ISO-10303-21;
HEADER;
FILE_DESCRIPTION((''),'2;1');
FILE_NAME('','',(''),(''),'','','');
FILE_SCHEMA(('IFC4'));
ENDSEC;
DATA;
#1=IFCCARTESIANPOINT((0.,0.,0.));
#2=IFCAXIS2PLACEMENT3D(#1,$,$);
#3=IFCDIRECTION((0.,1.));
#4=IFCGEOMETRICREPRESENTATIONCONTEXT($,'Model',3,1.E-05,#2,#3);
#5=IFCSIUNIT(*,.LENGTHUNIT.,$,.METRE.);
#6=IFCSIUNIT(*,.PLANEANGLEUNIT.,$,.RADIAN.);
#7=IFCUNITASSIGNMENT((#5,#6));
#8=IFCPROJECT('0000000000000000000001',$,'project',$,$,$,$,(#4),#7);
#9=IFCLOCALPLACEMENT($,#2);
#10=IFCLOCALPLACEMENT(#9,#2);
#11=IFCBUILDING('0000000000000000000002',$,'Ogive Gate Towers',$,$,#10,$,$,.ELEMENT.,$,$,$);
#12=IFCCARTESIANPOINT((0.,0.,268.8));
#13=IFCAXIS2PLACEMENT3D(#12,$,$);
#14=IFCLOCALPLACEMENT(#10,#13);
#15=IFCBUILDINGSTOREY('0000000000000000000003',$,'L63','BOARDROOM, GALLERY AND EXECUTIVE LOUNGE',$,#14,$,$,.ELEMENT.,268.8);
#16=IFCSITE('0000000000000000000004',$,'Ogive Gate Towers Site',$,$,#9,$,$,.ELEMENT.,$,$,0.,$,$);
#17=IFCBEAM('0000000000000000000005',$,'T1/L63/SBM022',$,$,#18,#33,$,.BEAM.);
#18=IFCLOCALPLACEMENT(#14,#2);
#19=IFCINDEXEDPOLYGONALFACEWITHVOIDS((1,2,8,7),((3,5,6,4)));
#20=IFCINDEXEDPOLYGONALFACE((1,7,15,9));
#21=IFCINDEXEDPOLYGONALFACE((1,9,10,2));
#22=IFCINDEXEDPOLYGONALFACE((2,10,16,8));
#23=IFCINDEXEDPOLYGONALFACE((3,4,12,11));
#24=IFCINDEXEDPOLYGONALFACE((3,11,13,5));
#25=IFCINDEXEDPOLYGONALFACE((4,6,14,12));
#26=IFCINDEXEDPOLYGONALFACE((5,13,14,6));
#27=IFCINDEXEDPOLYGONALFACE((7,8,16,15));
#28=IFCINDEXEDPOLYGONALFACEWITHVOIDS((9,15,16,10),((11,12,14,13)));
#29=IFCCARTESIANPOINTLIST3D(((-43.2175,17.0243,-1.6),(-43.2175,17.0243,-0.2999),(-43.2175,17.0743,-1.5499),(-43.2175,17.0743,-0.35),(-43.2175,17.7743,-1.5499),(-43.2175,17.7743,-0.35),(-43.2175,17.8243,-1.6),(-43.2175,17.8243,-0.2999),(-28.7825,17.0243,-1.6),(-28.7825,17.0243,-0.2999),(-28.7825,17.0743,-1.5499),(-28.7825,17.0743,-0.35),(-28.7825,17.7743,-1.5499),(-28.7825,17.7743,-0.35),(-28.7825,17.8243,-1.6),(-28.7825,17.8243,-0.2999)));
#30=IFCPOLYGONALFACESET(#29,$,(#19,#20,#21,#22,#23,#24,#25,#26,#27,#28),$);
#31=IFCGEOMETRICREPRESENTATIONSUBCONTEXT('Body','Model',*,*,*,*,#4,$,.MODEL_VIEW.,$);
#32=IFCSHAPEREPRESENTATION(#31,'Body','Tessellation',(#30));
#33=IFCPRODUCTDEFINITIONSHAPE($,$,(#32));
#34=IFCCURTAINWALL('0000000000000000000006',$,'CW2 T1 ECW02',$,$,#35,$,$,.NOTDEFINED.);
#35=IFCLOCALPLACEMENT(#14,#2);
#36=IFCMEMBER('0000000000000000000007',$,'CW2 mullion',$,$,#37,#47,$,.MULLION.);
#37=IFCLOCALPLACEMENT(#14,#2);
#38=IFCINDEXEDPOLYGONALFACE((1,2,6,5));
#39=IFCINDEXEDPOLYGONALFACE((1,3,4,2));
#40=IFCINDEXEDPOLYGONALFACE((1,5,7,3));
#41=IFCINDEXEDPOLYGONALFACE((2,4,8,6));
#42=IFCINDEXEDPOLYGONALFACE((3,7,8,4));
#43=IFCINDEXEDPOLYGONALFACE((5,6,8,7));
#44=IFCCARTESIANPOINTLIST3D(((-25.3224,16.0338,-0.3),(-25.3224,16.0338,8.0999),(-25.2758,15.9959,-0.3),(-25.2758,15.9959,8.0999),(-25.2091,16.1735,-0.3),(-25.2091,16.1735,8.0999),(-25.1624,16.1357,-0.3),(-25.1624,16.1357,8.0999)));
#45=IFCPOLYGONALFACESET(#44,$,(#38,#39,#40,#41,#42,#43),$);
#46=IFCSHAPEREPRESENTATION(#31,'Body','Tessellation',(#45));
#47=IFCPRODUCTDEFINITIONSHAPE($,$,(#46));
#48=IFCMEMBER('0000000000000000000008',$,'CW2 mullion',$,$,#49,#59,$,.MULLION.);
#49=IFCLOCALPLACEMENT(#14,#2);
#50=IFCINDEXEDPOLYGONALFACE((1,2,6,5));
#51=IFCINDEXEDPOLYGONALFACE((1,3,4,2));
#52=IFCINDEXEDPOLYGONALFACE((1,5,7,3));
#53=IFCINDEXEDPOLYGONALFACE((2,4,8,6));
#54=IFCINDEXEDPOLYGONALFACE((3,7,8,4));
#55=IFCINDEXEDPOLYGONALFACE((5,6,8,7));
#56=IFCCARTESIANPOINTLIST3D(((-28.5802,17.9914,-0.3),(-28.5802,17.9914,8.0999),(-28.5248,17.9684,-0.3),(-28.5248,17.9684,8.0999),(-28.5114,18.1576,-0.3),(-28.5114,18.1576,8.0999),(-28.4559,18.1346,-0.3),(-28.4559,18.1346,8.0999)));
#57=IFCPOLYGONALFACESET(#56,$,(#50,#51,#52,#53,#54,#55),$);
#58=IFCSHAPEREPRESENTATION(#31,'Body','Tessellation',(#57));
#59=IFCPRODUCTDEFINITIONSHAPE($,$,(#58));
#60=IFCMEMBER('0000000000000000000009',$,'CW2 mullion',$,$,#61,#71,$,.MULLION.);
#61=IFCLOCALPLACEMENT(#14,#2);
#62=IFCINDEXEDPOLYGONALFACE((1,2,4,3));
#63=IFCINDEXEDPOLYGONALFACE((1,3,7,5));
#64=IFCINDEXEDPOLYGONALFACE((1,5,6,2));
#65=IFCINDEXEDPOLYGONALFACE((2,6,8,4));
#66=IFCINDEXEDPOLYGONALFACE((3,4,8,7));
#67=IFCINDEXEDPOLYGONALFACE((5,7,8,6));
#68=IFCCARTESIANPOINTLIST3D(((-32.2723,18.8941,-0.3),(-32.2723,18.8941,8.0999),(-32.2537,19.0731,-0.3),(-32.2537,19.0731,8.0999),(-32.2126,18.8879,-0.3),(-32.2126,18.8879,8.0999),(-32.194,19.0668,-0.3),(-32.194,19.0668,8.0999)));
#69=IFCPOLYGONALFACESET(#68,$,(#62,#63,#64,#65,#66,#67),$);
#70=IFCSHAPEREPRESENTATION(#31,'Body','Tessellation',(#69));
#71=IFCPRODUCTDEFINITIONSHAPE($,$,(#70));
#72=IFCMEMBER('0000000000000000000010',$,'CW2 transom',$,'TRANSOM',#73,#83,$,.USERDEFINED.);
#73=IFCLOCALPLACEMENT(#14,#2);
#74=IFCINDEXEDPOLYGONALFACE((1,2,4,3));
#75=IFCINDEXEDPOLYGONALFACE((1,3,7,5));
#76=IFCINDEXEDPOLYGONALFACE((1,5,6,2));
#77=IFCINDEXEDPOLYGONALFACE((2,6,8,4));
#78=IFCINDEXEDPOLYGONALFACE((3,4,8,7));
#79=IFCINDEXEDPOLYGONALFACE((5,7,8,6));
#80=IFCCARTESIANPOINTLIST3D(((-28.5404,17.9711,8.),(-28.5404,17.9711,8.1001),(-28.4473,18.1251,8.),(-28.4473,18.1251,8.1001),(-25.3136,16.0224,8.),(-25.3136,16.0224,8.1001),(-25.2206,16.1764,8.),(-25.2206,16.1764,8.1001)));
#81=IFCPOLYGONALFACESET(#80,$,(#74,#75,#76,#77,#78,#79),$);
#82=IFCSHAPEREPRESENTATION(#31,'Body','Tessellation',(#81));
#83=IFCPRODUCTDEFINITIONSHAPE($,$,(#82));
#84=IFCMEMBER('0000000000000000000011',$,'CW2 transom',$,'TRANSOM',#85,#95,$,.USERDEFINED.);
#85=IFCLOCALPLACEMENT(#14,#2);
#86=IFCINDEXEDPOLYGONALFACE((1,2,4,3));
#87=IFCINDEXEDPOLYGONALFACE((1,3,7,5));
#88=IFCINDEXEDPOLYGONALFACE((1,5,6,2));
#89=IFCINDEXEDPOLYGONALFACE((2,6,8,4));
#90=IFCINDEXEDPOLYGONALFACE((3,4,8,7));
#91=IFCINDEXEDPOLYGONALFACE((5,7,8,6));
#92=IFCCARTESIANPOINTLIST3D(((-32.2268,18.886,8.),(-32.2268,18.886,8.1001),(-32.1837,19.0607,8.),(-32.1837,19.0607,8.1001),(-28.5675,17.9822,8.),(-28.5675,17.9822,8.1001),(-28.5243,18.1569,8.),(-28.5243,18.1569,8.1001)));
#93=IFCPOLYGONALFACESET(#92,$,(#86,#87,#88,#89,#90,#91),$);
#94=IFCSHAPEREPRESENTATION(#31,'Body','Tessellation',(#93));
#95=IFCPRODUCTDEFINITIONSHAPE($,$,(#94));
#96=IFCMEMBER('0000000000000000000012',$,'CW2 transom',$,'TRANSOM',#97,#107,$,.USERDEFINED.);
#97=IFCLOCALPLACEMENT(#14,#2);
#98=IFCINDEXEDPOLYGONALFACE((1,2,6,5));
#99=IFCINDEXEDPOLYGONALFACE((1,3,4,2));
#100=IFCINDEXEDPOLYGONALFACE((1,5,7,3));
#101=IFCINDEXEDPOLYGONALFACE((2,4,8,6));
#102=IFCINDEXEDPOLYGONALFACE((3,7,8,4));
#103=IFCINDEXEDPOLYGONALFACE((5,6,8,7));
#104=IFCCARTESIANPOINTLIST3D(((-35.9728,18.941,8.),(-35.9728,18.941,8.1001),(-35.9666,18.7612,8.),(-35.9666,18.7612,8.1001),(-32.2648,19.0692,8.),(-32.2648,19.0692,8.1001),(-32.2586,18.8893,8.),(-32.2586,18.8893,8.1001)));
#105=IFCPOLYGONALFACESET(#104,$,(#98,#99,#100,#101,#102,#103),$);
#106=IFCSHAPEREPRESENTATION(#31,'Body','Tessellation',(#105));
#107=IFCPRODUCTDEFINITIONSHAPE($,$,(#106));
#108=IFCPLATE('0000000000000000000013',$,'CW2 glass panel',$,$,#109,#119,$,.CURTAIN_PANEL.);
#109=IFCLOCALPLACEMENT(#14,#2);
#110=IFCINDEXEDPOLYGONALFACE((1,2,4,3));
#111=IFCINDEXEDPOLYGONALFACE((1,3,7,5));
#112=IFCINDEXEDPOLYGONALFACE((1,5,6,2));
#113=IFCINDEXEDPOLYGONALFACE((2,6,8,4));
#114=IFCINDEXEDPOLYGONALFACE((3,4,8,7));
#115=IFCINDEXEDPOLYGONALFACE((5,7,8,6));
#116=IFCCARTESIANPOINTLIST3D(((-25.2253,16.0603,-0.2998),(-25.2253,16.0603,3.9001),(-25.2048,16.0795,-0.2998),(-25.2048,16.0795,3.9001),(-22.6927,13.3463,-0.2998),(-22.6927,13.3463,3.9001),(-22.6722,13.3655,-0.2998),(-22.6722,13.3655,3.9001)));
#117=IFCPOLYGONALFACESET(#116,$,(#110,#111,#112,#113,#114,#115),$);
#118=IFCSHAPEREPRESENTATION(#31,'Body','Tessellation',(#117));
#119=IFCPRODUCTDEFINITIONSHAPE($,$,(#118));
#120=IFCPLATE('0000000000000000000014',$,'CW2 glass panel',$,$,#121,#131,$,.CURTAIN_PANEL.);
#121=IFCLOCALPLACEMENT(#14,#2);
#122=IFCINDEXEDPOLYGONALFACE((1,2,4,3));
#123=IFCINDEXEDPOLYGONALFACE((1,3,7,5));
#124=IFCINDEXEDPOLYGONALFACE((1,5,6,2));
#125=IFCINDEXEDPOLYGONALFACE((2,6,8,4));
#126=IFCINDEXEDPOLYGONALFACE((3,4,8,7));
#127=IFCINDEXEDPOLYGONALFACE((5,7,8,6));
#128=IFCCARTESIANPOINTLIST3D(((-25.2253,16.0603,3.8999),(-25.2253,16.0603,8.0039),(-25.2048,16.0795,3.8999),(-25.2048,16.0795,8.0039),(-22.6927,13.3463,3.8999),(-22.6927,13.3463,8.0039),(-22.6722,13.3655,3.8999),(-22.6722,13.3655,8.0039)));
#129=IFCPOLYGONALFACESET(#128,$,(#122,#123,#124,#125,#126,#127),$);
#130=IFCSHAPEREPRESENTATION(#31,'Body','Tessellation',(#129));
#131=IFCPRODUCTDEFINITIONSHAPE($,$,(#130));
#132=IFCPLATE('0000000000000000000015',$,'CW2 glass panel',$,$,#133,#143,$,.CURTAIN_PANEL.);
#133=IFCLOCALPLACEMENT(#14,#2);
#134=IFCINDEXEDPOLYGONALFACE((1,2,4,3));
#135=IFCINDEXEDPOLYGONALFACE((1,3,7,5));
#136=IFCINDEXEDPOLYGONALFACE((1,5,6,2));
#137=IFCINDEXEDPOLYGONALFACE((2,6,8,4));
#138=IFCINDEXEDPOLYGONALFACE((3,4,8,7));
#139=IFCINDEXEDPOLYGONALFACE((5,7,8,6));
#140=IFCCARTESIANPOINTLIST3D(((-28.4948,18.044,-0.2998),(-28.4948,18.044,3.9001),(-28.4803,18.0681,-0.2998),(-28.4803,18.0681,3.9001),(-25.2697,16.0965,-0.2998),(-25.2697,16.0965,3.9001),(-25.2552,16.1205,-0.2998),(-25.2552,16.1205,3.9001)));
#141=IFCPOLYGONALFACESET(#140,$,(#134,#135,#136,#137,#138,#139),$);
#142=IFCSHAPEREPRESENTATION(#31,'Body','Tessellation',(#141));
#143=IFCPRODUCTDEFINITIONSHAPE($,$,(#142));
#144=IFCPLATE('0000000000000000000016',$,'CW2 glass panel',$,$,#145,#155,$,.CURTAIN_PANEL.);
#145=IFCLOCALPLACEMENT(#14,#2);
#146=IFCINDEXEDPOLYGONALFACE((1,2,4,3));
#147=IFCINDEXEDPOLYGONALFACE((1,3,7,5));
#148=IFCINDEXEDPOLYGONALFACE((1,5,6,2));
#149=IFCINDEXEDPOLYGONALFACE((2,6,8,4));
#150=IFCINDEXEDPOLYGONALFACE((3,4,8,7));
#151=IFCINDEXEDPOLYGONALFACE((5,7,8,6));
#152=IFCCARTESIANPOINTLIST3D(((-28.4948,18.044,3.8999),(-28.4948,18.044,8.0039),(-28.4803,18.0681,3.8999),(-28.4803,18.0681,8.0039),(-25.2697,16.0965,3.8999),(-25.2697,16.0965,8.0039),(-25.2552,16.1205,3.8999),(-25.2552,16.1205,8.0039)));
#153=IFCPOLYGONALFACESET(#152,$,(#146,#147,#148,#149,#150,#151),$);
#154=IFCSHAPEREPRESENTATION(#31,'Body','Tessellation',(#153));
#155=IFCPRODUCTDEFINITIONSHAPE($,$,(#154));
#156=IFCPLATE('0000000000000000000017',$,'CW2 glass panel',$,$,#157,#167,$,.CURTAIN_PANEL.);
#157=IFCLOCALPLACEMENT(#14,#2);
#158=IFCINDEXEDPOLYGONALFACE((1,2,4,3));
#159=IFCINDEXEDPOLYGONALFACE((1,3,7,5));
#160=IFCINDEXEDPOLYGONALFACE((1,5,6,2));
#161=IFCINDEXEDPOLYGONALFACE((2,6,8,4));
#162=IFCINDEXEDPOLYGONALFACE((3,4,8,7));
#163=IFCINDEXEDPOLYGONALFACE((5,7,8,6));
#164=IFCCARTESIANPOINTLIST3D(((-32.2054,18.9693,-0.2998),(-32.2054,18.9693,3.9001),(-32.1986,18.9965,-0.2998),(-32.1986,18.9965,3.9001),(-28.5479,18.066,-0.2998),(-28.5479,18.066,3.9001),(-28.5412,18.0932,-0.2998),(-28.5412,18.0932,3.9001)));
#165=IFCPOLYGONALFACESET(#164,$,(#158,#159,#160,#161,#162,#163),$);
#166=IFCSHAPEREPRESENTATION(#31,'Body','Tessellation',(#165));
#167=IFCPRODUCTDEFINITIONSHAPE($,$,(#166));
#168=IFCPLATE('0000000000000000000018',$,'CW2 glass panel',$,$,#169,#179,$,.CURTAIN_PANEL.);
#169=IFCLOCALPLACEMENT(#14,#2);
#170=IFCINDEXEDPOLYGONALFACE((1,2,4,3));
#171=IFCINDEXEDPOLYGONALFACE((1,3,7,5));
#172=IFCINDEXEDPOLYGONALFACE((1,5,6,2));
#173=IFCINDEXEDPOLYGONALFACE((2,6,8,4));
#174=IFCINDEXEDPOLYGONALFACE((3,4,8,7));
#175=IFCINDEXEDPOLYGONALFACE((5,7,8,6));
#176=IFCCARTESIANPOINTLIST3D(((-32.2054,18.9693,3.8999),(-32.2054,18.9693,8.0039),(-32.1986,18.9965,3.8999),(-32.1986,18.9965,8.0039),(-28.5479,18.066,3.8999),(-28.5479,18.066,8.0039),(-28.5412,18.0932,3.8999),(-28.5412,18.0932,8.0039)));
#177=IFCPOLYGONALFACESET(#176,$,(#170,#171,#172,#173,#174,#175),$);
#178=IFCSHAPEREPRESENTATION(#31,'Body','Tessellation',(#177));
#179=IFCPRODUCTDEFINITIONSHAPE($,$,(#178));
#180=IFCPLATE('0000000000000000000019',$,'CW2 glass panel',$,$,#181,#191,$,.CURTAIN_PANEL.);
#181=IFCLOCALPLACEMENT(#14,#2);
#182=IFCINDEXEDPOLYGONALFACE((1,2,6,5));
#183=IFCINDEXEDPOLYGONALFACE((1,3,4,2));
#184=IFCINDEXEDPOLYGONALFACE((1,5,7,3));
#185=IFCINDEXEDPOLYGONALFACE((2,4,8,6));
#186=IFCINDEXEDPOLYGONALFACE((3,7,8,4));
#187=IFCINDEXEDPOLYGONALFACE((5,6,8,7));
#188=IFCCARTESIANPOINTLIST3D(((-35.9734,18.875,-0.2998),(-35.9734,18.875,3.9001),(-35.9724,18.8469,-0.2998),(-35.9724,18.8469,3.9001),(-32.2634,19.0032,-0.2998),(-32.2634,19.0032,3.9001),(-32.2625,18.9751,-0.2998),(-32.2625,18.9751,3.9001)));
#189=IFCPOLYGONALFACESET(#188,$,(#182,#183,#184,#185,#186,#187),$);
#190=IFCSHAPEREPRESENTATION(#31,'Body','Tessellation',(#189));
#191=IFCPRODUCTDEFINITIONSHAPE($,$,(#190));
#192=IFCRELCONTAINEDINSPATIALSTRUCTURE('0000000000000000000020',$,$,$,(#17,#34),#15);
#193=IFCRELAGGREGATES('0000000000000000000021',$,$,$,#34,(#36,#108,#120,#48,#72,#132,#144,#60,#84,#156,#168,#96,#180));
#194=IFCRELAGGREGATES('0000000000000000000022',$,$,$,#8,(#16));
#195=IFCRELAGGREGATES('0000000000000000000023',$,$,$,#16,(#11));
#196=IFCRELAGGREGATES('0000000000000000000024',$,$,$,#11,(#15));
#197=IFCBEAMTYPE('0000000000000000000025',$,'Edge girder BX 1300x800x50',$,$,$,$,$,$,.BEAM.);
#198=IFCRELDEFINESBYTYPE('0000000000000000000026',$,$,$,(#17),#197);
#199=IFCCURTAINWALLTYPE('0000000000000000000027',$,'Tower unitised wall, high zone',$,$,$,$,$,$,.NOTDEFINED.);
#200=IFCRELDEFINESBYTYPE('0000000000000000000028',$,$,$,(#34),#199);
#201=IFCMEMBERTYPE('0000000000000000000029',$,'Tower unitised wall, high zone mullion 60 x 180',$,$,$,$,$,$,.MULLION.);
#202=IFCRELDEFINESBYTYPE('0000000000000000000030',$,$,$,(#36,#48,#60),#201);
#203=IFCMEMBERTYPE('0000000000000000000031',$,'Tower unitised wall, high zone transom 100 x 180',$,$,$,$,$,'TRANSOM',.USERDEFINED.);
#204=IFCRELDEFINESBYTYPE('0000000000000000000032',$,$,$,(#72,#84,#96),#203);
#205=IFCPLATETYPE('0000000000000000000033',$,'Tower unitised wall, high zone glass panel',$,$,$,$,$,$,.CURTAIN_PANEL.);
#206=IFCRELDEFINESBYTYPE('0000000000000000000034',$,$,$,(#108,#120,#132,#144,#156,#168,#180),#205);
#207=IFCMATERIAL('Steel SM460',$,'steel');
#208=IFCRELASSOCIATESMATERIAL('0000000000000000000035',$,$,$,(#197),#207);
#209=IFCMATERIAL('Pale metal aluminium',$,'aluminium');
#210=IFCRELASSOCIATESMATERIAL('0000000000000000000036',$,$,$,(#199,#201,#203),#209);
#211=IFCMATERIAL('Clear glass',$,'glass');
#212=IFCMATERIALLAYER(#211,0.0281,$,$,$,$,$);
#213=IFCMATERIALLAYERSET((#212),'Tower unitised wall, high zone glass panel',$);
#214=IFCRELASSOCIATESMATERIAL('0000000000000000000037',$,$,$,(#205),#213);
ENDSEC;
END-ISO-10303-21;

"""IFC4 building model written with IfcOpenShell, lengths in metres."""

from ifc_helpers import new_model, si_unit, direction, frame, origin, origin_2d, place, context, subcontext, project, spatial, rectangle, hollow_rectangle, extrude, material, layer, layer_set, material_profile, profile_set, type_object, element, aggregate, save


model = new_model("IFC4")

# Units and contexts
model_context = context("Model", 3, precision=1e-05, world=origin(), true_north=direction((0.0, 1.0)))
body_context = subcontext(model_context, "Body", "Model", "MODEL_VIEW")
ifc_project = project(units=[si_unit("LENGTHUNIT", "METRE"), si_unit("PLANEANGLEUNIT", "RADIAN")], contexts=[model_context])

# Site, building, storey
site_placement = place(None, origin())
site = spatial("IfcSite", under=ifc_project, at=site_placement, Name="Ogive Gate Towers Site", CompositionType="ELEMENT", RefElevation=0.0)
building_placement = place(site_placement, origin())
building = spatial("IfcBuilding", under=site, at=building_placement, Name="Ogive Gate Towers", CompositionType="ELEMENT")
storey_placement = place(building_placement, frame((0.0, 0.0, 268.8)))
storey = spatial("IfcBuildingStorey", under=building, at=storey_placement, Name="L63", Description="BOARDROOM, GALLERY AND EXECUTIVE LOUNGE", CompositionType="ELEMENT", Elevation=268.8)

# Beam
ifc_material_1 = material(Name="Steel SM460", Category="steel")
ifc_material_profile_1 = material_profile(ifc_material_1, hollow_rectangle(XDim=0.8, YDim=1.3, WallThickness=0.05, at=origin_2d()), Name="BX 1300x800x50")
ifc_profile_set_1 = profile_set([ifc_material_profile_1], Name="Steel SM460")
beam_type = type_object("IfcBeamType", Name="Edge girder BX 1300x800x50", PredefinedType="BEAM", material=ifc_profile_set_1)
beam_placement = place(storey_placement, frame((-28.7825, 17.4243, -0.95), z_axis=(-1.0, 0.0, 0.0), x_axis=(0.0, -1.0, 0.0)))
element("IfcBeam", 1, at=beam_placement, inside=storey, type_object=beam_type, Name="T1/L63/SBM022", PredefinedType="BEAM", context=body_context, shape_type="SweptSolid", body=[
    extrude(hollow_rectangle(XDim=0.8, YDim=1.3, WallThickness=0.05, at=origin_2d()), origin(), (0.0, 0.0, 1.0), 14.4351),
])

# Curtain wall, members, plates
ifc_material_2 = material(Name="Pale metal aluminium", Category="aluminium")
curtain_wall_type = type_object("IfcCurtainWallType", Name="Tower unitised wall, high zone", PredefinedType="NOTDEFINED", material=ifc_material_2)
curtain_wall_placement = place(storey_placement, origin())
curtain_wall = element("IfcCurtainWall", 2, at=curtain_wall_placement, inside=storey, type_object=curtain_wall_type, Name="CW2 T1 ECW02", PredefinedType="NOTDEFINED")
ifc_material_profile_2 = material_profile(ifc_material_2, rectangle(XDim=0.1799, YDim=0.0601, at=origin_2d()), Name="60 x 180 aluminium box")
ifc_profile_set_2 = profile_set([ifc_material_profile_2], Name="Pale metal aluminium")
member_type_1 = type_object("IfcMemberType", Name="Tower unitised wall, high zone mullion 60 x 180", PredefinedType="MULLION", material=ifc_profile_set_2)
member_1_placement = place(storey_placement, frame((-25.2424, 16.0847, -0.3), z_axis=(0.0, 0.0, 1.0), x_axis=(0.630039, 0.776563, 0.0)))
member_1 = element("IfcMember", 3, at=member_1_placement, type_object=member_type_1, Name="CW2 mullion", PredefinedType="MULLION", context=body_context, shape_type="SweptSolid", body=[
    extrude(rectangle(XDim=0.1799, YDim=0.0601, at=origin_2d()), origin(), (0.0, 0.0, 1.0), 8.3999),
])
member_2_placement = place(storey_placement, frame((-28.5181, 18.063, -0.3), z_axis=(0.0, 0.0, 1.0), x_axis=(0.382683, 0.92388, 0.0)))
member_2 = element("IfcMember", 4, at=member_2_placement, type_object=member_type_1, Name="CW2 mullion", PredefinedType="MULLION", context=body_context, shape_type="SweptSolid", body=[
    extrude(rectangle(XDim=0.1799, YDim=0.0601, at=origin_2d()), origin(), (0.0, 0.0, 1.0), 8.3999),
])
member_3_placement = place(storey_placement, frame((-32.2332, 18.9805, -0.3), z_axis=(0.0, 0.0, 1.0), x_axis=(0.103608, 0.994618, 0.0)))
member_3 = element("IfcMember", 5, at=member_3_placement, type_object=member_type_1, Name="CW2 mullion", PredefinedType="MULLION", context=body_context, shape_type="SweptSolid", body=[
    extrude(rectangle(XDim=0.1799, YDim=0.0601, at=origin_2d()), origin(), (0.0, 0.0, 1.0), 8.3999),
])
ifc_material_profile_3 = material_profile(ifc_material_2, rectangle(XDim=0.1799, YDim=0.1001, at=origin_2d()), Name="100 x 180 aluminium box")
ifc_profile_set_3 = profile_set([ifc_material_profile_3], Name="Pale metal aluminium")
member_type_2 = type_object("IfcMemberType", Name="Tower unitised wall, high zone transom 100 x 180", ElementType="TRANSOM", PredefinedType="USERDEFINED", material=ifc_profile_set_3)
member_4_placement = place(storey_placement, frame((-25.2671, 16.0994, 8.05), z_axis=(-0.856009, 0.51696, 0.0), x_axis=(-0.51696, -0.856009, 0.0)))
member_4 = element("IfcMember", 6, at=member_4_placement, type_object=member_type_2, Name="CW2 transom", ObjectType="TRANSOM", PredefinedType="USERDEFINED", context=body_context, shape_type="SweptSolid", body=[
    extrude(rectangle(XDim=0.1799, YDim=0.1001, at=origin_2d()), origin(), (0.0, 0.0, 1.0), 3.7695),
])
member_5_placement = place(storey_placement, frame((-28.5459, 18.0696, 8.05), z_axis=(-0.970828, 0.239776, 0.0), x_axis=(-0.239776, -0.970828, 0.0)))
member_5 = element("IfcMember", 7, at=member_5_placement, type_object=member_type_2, Name="CW2 transom", ObjectType="TRANSOM", PredefinedType="USERDEFINED", context=body_context, shape_type="SweptSolid", body=[
    extrude(rectangle(XDim=0.1799, YDim=0.1001, at=origin_2d()), origin(), (0.0, 0.0, 1.0), 3.7693),
])
member_6_placement = place(storey_placement, frame((-32.2617, 18.9792, 8.05), z_axis=(-0.999403, -0.034546, 0.0), x_axis=(0.034546, -0.999403, 0.0)))
member_6 = element("IfcMember", 8, at=member_6_placement, type_object=member_type_2, Name="CW2 transom", ObjectType="TRANSOM", PredefinedType="USERDEFINED", context=body_context, shape_type="SweptSolid", body=[
    extrude(rectangle(XDim=0.1799, YDim=0.1001, at=origin_2d()), origin(), (0.0, 0.0, 1.0), 3.7102),
])
ifc_material_3 = material(Name="Clear glass", Category="glass")
ifc_layer_1 = layer(ifc_material_3, 0.0281)
ifc_layer_set_1 = layer_set([ifc_layer_1], Name="Tower unitised wall, high zone glass panel")
plate_type = type_object("IfcPlateType", Name="Tower unitised wall, high zone glass panel", PredefinedType="CURTAIN_PANEL", material=ifc_layer_set_1)
plate_1_placement = place(storey_placement, frame((-23.9487, 14.7129, -0.2998), z_axis=(0.0, 0.0, 1.0), x_axis=(-0.682254, 0.731116, 0.0)))
plate_1 = element("IfcPlate", 9, at=plate_1_placement, type_object=plate_type, Name="CW2 glass panel", PredefinedType="CURTAIN_PANEL", context=body_context, shape_type="SweptSolid", body=[
    extrude(rectangle(XDim=3.7122, YDim=0.0281, at=origin_2d()), origin(), (0.0, 0.0, 1.0), 4.2),
])
plate_2_placement = place(storey_placement, frame((-23.9487, 14.7129, 3.8999), z_axis=(0.0, 0.0, 1.0), x_axis=(-0.682254, 0.731116, 0.0)))
plate_2 = element("IfcPlate", 10, at=plate_2_placement, type_object=plate_type, Name="CW2 glass panel", PredefinedType="CURTAIN_PANEL", context=body_context, shape_type="SweptSolid", body=[
    extrude(rectangle(XDim=3.7122, YDim=0.0281, at=origin_2d()), origin(), (0.0, 0.0, 1.0), 4.104),
])
plate_3_placement = place(storey_placement, frame((-26.875, 17.0823, -0.2998), z_axis=(0.0, 0.0, 1.0), x_axis=(-0.856033, 0.516922, 0.0)))
plate_3 = element("IfcPlate", 11, at=plate_3_placement, type_object=plate_type, Name="CW2 glass panel", PredefinedType="CURTAIN_PANEL", context=body_context, shape_type="SweptSolid", body=[
    extrude(rectangle(XDim=3.7676, YDim=0.0281, at=origin_2d()), origin(), (0.0, 0.0, 1.0), 4.2),
])
plate_4_placement = place(storey_placement, frame((-26.875, 17.0823, 3.8999), z_axis=(0.0, 0.0, 1.0), x_axis=(-0.856033, 0.516922, 0.0)))
plate_4 = element("IfcPlate", 12, at=plate_4_placement, type_object=plate_type, Name="CW2 glass panel", PredefinedType="CURTAIN_PANEL", context=body_context, shape_type="SweptSolid", body=[
    extrude(rectangle(XDim=3.7676, YDim=0.0281, at=origin_2d()), origin(), (0.0, 0.0, 1.0), 4.104),
])
plate_5_placement = place(storey_placement, frame((-30.3733, 18.5312, -0.2998), z_axis=(0.0, 0.0, 1.0), x_axis=(-0.97083, 0.239771, 0.0)))
plate_5 = element("IfcPlate", 13, at=plate_5_placement, type_object=plate_type, Name="CW2 glass panel", PredefinedType="CURTAIN_PANEL", context=body_context, shape_type="SweptSolid", body=[
    extrude(rectangle(XDim=3.7673, YDim=0.0281, at=origin_2d()), origin(), (0.0, 0.0, 1.0), 4.2),
])
plate_6_placement = place(storey_placement, frame((-30.3733, 18.5312, 3.8999), z_axis=(0.0, 0.0, 1.0), x_axis=(-0.97083, 0.239771, 0.0)))
plate_6 = element("IfcPlate", 14, at=plate_6_placement, type_object=plate_type, Name="CW2 glass panel", PredefinedType="CURTAIN_PANEL", context=body_context, shape_type="SweptSolid", body=[
    extrude(rectangle(XDim=3.7673, YDim=0.0281, at=origin_2d()), origin(), (0.0, 0.0, 1.0), 4.104),
])
plate_7_placement = place(storey_placement, frame((-34.1179, 18.925, -0.2998), z_axis=(0.0, 0.0, 1.0), x_axis=(-0.999404, -0.034533, 0.0)))
plate_7 = element("IfcPlate", 15, at=plate_7_placement, type_object=plate_type, Name="CW2 glass panel", PredefinedType="CURTAIN_PANEL", context=body_context, shape_type="SweptSolid", body=[
    extrude(rectangle(XDim=3.7122, YDim=0.0281, at=origin_2d()), origin(), (0.0, 0.0, 1.0), 4.2),
])
aggregate(curtain_wall, [member_1, plate_1, plate_2, member_2, member_4, plate_3, plate_4, member_3, member_5, plate_5, plate_6, member_6, plate_7])

save(model, "model.ifc")
